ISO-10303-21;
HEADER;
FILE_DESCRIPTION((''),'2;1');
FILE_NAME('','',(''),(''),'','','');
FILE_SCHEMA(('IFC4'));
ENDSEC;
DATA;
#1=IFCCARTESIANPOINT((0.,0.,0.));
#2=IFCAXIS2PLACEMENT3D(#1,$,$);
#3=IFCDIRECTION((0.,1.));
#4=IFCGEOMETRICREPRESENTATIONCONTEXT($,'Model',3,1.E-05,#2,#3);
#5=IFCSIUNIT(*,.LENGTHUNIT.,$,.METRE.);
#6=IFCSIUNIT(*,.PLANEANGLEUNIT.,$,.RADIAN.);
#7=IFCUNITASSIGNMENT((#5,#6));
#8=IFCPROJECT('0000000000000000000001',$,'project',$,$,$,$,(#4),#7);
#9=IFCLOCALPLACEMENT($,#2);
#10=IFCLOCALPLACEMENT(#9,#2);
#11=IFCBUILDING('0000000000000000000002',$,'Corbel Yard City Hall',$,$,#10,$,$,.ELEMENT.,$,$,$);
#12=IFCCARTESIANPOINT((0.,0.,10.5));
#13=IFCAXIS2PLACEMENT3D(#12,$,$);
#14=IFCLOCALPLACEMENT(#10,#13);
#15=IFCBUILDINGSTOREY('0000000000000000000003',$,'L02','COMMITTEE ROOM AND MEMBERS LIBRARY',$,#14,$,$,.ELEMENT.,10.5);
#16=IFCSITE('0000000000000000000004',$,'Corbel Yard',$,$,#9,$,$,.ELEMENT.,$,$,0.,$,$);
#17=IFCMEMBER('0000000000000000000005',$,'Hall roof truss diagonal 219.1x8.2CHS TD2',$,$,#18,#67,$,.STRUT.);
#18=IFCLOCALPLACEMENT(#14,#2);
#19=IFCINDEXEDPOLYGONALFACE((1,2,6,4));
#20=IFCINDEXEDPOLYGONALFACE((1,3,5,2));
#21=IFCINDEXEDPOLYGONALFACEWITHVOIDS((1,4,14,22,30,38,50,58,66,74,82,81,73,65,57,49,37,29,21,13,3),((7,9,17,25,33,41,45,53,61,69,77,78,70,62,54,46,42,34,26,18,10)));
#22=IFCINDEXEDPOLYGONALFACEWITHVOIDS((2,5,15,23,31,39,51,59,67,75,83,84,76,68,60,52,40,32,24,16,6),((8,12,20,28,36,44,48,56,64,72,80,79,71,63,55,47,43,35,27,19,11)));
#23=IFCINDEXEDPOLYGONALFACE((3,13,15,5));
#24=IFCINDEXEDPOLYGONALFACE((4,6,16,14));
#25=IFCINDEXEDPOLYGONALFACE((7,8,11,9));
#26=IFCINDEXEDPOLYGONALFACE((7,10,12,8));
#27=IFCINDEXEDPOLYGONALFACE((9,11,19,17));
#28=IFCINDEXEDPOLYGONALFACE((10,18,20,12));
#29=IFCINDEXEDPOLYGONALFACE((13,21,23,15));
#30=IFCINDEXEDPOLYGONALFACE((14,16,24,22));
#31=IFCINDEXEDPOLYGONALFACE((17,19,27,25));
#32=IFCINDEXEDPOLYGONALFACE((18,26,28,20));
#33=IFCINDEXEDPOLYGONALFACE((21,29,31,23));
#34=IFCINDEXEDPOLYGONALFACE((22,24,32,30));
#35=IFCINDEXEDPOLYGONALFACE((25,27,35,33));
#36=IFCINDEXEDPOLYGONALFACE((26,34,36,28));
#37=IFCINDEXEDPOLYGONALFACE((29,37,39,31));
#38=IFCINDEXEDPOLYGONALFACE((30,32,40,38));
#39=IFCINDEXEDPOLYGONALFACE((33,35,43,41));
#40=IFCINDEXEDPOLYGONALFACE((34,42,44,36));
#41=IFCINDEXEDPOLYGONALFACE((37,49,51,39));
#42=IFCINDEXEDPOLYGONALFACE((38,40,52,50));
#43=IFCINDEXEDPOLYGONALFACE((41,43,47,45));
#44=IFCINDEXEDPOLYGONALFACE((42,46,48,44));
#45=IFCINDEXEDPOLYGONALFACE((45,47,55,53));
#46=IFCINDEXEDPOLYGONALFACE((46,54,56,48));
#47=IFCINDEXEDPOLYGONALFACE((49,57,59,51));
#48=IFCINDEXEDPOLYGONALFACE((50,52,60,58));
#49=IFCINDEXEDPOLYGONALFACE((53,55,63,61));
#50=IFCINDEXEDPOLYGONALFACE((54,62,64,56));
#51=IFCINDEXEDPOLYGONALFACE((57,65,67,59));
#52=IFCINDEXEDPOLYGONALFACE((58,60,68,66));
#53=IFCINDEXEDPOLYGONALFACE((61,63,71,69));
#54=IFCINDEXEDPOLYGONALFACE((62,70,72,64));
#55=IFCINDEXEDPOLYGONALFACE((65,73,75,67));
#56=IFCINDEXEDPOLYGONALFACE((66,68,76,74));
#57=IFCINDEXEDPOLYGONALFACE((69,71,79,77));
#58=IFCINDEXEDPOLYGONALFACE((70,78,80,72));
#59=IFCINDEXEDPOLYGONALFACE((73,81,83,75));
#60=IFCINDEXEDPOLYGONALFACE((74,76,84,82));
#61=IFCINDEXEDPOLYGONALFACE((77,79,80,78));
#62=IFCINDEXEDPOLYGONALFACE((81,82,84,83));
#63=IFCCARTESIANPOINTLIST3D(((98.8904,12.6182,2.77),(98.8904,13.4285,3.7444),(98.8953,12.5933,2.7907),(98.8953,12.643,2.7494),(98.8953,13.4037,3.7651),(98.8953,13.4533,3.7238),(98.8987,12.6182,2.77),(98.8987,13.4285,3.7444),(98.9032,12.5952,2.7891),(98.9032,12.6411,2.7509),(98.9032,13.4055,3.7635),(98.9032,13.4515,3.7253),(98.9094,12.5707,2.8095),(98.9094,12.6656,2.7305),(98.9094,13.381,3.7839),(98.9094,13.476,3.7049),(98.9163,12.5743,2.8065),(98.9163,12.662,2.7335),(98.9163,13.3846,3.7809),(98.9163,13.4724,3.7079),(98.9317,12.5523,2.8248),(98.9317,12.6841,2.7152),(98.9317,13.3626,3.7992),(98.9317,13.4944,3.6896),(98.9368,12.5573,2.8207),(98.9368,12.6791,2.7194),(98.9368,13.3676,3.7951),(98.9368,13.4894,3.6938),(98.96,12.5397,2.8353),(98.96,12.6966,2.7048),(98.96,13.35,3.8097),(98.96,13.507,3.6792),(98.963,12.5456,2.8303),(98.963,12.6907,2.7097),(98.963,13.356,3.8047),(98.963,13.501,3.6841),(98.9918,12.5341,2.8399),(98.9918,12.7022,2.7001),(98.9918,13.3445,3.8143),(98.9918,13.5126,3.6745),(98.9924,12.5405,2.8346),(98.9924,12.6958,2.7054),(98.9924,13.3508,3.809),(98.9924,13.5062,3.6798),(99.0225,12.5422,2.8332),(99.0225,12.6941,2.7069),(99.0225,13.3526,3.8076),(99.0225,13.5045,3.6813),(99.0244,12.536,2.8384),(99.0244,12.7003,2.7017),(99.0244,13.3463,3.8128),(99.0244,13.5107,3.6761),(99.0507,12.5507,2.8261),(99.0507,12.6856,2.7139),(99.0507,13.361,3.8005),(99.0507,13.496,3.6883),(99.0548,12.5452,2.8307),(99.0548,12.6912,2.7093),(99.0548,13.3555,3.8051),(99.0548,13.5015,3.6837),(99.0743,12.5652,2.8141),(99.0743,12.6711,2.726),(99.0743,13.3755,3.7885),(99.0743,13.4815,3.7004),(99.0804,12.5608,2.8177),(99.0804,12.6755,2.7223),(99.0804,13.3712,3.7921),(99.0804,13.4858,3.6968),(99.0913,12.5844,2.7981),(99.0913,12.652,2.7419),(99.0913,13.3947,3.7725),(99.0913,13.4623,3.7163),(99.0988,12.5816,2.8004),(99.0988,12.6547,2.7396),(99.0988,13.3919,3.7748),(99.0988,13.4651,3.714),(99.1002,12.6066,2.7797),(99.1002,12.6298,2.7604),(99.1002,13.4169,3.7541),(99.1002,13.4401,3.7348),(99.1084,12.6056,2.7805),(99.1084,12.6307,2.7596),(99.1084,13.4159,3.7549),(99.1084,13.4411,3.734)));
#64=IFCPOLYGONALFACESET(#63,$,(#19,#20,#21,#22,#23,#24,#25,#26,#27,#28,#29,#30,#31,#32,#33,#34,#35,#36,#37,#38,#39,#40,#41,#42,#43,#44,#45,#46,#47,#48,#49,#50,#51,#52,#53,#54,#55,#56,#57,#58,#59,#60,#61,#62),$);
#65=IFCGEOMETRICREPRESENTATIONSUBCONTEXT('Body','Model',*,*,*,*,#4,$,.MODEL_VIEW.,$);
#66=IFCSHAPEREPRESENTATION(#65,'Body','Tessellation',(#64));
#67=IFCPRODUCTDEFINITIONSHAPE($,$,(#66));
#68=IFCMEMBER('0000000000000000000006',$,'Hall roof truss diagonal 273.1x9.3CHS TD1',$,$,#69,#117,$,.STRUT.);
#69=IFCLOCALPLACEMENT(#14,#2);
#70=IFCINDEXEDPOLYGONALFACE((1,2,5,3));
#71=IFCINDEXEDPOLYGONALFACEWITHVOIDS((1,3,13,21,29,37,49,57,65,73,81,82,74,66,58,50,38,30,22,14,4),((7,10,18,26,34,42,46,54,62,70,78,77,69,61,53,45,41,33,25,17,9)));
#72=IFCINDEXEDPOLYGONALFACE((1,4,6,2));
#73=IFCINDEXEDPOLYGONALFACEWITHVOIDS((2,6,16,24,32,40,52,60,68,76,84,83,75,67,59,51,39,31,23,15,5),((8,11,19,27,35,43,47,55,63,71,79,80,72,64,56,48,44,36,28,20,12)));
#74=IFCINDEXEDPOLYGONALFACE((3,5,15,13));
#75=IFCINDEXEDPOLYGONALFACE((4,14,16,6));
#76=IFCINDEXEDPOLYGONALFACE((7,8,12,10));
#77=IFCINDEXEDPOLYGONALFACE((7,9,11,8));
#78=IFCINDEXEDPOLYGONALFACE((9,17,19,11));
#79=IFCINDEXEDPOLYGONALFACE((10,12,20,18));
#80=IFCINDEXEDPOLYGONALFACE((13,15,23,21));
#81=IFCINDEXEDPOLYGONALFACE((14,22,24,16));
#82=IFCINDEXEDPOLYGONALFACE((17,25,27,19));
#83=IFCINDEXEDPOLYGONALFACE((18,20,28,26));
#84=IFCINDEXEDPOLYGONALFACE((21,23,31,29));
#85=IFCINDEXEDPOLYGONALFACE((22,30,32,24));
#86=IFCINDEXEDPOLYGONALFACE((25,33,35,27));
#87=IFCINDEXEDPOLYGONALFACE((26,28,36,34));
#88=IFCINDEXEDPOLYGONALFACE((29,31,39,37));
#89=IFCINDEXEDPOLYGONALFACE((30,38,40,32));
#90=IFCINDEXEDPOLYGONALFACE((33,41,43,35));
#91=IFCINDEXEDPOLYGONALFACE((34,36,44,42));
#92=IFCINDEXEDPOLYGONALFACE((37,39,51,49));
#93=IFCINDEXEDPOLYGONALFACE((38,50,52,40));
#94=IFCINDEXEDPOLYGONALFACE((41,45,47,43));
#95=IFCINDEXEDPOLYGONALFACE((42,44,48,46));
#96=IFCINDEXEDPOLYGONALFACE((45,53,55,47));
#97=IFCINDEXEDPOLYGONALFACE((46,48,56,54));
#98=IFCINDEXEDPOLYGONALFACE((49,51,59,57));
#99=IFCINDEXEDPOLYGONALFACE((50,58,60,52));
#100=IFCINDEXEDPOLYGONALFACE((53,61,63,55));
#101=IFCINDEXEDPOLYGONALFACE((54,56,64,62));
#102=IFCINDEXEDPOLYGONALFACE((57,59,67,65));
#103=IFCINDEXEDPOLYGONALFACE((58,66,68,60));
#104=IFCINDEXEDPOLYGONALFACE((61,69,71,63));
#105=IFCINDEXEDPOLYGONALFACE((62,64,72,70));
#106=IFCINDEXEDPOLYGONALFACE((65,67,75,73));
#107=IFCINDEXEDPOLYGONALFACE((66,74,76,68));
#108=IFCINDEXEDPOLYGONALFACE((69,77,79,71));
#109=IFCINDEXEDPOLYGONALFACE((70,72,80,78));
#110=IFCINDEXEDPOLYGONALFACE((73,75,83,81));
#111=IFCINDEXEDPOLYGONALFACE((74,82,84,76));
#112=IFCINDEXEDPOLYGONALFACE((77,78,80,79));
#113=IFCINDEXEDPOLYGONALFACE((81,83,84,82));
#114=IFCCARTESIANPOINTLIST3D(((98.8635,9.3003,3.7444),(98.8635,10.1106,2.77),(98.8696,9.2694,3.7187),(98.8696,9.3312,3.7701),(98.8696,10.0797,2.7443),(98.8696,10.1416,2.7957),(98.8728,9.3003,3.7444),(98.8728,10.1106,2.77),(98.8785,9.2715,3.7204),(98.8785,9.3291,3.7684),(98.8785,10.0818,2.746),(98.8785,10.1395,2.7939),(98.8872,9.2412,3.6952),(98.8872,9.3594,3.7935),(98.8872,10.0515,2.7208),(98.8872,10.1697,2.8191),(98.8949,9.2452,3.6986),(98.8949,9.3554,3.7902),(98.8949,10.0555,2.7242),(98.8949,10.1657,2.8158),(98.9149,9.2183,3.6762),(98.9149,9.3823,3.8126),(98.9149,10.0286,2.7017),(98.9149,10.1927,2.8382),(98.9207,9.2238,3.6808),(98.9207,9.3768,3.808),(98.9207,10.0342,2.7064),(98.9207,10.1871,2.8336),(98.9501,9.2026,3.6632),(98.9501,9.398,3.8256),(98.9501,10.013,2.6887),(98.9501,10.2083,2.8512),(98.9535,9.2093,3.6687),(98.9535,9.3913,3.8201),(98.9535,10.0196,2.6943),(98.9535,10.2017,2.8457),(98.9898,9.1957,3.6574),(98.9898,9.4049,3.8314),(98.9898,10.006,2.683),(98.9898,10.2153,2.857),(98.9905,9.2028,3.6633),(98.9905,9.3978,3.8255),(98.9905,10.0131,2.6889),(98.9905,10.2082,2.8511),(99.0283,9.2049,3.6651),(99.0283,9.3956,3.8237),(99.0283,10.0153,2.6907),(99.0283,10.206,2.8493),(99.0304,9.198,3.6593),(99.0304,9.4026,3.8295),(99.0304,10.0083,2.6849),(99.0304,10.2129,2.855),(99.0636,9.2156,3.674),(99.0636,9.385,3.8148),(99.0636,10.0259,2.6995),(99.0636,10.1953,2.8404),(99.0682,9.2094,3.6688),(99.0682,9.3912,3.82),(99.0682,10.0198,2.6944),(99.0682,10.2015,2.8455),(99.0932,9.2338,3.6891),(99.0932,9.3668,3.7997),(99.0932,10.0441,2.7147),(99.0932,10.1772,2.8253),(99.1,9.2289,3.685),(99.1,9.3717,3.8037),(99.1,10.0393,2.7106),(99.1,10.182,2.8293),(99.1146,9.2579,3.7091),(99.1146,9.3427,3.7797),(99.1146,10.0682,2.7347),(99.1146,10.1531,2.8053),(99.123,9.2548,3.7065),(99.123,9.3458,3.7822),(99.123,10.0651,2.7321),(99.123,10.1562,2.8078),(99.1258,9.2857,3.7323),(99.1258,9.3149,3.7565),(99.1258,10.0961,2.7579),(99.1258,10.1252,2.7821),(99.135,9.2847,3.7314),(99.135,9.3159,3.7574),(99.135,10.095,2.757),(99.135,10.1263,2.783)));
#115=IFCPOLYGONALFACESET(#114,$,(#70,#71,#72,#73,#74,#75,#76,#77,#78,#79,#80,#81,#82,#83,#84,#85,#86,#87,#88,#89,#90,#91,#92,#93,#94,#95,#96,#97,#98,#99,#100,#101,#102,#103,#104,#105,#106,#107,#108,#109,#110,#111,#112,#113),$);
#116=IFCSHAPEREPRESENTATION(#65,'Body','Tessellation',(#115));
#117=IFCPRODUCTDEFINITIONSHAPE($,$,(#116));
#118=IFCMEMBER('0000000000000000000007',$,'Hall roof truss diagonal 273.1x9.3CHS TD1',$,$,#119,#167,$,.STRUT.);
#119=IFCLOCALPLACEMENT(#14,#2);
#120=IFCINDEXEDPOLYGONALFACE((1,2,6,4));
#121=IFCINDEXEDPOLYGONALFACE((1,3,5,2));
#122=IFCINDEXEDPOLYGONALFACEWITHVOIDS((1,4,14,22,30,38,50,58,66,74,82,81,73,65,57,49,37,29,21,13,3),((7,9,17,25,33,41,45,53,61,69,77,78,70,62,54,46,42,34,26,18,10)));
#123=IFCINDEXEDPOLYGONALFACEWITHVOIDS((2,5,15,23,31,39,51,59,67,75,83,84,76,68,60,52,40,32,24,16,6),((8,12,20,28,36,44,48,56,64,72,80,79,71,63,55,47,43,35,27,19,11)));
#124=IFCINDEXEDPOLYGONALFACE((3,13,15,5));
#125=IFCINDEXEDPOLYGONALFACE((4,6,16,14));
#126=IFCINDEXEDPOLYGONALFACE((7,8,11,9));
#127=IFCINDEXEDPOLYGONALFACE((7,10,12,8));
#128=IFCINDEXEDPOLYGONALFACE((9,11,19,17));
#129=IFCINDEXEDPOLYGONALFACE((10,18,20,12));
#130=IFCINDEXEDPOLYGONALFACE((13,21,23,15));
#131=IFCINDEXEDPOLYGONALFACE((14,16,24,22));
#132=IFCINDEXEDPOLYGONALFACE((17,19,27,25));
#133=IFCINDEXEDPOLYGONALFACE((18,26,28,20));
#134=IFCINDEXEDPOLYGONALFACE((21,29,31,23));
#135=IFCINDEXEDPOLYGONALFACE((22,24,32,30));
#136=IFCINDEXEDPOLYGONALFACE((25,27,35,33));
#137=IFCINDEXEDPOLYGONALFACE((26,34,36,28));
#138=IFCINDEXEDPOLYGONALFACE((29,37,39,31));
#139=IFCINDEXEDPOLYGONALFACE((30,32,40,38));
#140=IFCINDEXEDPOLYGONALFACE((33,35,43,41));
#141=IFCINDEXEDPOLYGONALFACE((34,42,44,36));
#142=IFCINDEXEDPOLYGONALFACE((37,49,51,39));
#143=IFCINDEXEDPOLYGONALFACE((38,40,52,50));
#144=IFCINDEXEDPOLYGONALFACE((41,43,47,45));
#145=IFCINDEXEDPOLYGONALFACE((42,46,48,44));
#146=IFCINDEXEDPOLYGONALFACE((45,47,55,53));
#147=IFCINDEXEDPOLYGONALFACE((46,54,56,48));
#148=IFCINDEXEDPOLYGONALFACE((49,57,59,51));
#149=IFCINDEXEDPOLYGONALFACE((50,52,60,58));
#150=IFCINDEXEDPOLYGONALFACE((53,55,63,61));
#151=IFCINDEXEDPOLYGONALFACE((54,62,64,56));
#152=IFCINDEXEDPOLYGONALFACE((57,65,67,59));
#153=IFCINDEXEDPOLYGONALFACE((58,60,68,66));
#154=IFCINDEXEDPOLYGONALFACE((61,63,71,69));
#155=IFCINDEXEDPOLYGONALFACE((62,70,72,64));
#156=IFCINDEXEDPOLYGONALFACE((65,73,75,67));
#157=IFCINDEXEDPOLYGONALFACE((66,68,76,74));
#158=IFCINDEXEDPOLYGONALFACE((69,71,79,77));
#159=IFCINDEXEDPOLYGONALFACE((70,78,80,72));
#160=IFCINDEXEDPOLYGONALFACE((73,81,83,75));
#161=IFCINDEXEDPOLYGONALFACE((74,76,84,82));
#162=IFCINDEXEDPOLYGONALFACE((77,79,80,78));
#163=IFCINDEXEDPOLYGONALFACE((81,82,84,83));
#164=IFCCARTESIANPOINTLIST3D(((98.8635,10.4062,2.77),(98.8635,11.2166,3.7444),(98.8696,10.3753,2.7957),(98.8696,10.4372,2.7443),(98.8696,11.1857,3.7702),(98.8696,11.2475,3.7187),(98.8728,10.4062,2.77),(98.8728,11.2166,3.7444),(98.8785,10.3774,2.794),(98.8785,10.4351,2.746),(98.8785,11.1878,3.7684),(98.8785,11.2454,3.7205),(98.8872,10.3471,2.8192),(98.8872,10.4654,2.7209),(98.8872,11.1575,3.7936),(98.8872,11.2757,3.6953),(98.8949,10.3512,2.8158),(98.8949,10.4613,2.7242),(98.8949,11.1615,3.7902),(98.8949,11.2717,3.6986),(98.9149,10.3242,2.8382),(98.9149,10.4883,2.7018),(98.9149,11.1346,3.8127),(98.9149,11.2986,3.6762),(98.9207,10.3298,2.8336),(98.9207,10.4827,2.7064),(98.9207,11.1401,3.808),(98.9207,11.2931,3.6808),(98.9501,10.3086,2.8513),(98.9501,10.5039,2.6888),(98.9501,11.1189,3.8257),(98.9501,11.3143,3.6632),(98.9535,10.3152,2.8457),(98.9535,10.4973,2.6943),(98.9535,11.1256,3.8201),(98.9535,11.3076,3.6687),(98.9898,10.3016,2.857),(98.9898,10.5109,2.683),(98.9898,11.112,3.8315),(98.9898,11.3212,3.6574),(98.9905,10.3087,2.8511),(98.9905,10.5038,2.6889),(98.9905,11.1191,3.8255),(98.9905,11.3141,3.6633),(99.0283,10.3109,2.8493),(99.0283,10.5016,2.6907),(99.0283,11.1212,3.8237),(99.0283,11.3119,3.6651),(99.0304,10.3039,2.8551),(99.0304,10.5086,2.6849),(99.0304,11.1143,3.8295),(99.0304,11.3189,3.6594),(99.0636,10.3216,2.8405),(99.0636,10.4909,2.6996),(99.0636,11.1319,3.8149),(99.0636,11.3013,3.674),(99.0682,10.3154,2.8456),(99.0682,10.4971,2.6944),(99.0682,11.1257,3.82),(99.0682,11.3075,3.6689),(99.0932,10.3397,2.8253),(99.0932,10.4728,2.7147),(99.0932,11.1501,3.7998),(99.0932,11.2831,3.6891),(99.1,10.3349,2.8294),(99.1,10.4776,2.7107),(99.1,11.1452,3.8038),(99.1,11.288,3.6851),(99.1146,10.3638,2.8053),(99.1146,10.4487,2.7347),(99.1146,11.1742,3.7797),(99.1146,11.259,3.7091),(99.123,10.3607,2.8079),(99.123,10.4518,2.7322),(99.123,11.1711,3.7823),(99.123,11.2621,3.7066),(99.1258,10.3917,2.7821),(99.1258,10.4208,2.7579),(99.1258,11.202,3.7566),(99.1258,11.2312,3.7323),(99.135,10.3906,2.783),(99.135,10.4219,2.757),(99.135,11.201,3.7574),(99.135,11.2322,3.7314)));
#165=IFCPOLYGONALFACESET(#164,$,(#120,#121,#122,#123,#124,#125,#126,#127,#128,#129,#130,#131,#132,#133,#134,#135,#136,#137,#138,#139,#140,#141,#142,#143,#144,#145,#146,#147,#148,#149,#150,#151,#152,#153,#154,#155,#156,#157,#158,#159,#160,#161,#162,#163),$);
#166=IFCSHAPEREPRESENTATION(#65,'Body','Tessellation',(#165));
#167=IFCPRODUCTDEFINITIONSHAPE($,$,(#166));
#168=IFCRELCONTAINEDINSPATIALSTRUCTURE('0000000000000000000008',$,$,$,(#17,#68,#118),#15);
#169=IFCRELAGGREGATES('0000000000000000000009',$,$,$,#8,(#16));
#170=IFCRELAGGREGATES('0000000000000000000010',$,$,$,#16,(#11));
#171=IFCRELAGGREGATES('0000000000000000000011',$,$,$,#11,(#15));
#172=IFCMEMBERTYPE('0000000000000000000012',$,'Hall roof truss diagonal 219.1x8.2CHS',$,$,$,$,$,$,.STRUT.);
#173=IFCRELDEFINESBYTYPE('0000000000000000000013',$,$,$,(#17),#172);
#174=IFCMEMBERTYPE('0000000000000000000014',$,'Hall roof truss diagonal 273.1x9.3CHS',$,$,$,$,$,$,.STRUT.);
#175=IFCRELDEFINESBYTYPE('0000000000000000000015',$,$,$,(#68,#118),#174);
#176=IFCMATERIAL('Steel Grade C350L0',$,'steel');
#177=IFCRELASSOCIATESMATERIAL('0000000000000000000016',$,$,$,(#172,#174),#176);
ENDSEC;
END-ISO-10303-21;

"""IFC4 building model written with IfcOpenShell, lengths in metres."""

from ifc_helpers import new_model, si_unit, direction, frame, origin, origin_2d, place, context, subcontext, project, spatial, hollow_circle, extrude, material, material_profile, profile_set, type_object, element, save


model = new_model("IFC4")

# Units and contexts
model_context = context("Model", 3, precision=1e-05, world=origin(), true_north=direction((0.0, 1.0)))
body_context = subcontext(model_context, "Body", "Model", "MODEL_VIEW")
ifc_project = project(units=[si_unit("LENGTHUNIT", "METRE"), si_unit("PLANEANGLEUNIT", "RADIAN")], contexts=[model_context])

# Site, building, storey
site_placement = place(None, origin())
site = spatial("IfcSite", under=ifc_project, at=site_placement, Name="Corbel Yard", CompositionType="ELEMENT", RefElevation=0.0)
building_placement = place(site_placement, origin())
building = spatial("IfcBuilding", under=site, at=building_placement, Name="Corbel Yard City Hall", CompositionType="ELEMENT")
storey_placement = place(building_placement, frame((0.0, 0.0, 10.5)))
storey = spatial("IfcBuildingStorey", under=building, at=storey_placement, Name="L02", Description="COMMITTEE ROOM AND MEMBERS LIBRARY", CompositionType="ELEMENT", Elevation=10.5)

# Shared definitions
ifc_material_1 = material(Name="Steel Grade C350L0", Category="steel")

# Members
ifc_material_profile_1 = material_profile(ifc_material_1, hollow_circle(Radius=0.1096, WallThickness=0.0083, at=origin_2d()), Name="219.1x8.2CHS")
ifc_profile_set_1 = profile_set([ifc_material_profile_1], Name="Steel Grade C350L0")
member_type_1 = type_object("IfcMemberType", Name="Hall roof truss diagonal 219.1x8.2CHS", PredefinedType="STRUT", material=ifc_profile_set_1)
for number, where, z_axis, x_axis, name in (
    (1, (99.0, 12.6182, 2.77), (0.0, 0.639407, 0.768868), (-1.0, 0.0, 0.0), "Hall roof truss diagonal 219.1x8.2CHS TD2"),
):
    element("IfcMember", number, at=place(storey_placement, frame(where, z_axis=z_axis, x_axis=x_axis)), inside=storey, type_object=member_type_1, Name=name, PredefinedType="STRUT", context=body_context, shape_type="SweptSolid", body=[
        extrude(hollow_circle(Radius=0.1096, WallThickness=0.0083, at=origin_2d()), origin(), (0.0, 0.0, 1.0), 1.2673),
    ])
ifc_material_profile_2 = material_profile(ifc_material_1, hollow_circle(Radius=0.1365, WallThickness=0.0093, at=origin_2d()), Name="273.1x9.3CHS")
ifc_profile_set_2 = profile_set([ifc_material_profile_2], Name="Steel Grade C350L0")
member_type_2 = type_object("IfcMemberType", Name="Hall roof truss diagonal 273.1x9.3CHS", PredefinedType="STRUT", material=ifc_profile_set_2)
for number, where, z_axis, x_axis, name in (
    (2, (99.0, 9.3003, 3.7444), (0.0, 0.639407, -0.768868), (-1.0, 0.0, 0.0), "Hall roof truss diagonal 273.1x9.3CHS TD1"),
    (3, (99.0, 10.4062, 2.77), (0.0, 0.639407, 0.768868), (-1.0, 0.0, 0.0), "Hall roof truss diagonal 273.1x9.3CHS TD1"),
):
    element("IfcMember", number, at=place(storey_placement, frame(where, z_axis=z_axis, x_axis=x_axis)), inside=storey, type_object=member_type_2, Name=name, PredefinedType="STRUT", context=body_context, shape_type="SweptSolid", body=[
        extrude(hollow_circle(Radius=0.1365, WallThickness=0.0093, at=origin_2d()), origin(), (0.0, 0.0, 1.0), 1.2673),
    ])

save(model, "model.ifc")
